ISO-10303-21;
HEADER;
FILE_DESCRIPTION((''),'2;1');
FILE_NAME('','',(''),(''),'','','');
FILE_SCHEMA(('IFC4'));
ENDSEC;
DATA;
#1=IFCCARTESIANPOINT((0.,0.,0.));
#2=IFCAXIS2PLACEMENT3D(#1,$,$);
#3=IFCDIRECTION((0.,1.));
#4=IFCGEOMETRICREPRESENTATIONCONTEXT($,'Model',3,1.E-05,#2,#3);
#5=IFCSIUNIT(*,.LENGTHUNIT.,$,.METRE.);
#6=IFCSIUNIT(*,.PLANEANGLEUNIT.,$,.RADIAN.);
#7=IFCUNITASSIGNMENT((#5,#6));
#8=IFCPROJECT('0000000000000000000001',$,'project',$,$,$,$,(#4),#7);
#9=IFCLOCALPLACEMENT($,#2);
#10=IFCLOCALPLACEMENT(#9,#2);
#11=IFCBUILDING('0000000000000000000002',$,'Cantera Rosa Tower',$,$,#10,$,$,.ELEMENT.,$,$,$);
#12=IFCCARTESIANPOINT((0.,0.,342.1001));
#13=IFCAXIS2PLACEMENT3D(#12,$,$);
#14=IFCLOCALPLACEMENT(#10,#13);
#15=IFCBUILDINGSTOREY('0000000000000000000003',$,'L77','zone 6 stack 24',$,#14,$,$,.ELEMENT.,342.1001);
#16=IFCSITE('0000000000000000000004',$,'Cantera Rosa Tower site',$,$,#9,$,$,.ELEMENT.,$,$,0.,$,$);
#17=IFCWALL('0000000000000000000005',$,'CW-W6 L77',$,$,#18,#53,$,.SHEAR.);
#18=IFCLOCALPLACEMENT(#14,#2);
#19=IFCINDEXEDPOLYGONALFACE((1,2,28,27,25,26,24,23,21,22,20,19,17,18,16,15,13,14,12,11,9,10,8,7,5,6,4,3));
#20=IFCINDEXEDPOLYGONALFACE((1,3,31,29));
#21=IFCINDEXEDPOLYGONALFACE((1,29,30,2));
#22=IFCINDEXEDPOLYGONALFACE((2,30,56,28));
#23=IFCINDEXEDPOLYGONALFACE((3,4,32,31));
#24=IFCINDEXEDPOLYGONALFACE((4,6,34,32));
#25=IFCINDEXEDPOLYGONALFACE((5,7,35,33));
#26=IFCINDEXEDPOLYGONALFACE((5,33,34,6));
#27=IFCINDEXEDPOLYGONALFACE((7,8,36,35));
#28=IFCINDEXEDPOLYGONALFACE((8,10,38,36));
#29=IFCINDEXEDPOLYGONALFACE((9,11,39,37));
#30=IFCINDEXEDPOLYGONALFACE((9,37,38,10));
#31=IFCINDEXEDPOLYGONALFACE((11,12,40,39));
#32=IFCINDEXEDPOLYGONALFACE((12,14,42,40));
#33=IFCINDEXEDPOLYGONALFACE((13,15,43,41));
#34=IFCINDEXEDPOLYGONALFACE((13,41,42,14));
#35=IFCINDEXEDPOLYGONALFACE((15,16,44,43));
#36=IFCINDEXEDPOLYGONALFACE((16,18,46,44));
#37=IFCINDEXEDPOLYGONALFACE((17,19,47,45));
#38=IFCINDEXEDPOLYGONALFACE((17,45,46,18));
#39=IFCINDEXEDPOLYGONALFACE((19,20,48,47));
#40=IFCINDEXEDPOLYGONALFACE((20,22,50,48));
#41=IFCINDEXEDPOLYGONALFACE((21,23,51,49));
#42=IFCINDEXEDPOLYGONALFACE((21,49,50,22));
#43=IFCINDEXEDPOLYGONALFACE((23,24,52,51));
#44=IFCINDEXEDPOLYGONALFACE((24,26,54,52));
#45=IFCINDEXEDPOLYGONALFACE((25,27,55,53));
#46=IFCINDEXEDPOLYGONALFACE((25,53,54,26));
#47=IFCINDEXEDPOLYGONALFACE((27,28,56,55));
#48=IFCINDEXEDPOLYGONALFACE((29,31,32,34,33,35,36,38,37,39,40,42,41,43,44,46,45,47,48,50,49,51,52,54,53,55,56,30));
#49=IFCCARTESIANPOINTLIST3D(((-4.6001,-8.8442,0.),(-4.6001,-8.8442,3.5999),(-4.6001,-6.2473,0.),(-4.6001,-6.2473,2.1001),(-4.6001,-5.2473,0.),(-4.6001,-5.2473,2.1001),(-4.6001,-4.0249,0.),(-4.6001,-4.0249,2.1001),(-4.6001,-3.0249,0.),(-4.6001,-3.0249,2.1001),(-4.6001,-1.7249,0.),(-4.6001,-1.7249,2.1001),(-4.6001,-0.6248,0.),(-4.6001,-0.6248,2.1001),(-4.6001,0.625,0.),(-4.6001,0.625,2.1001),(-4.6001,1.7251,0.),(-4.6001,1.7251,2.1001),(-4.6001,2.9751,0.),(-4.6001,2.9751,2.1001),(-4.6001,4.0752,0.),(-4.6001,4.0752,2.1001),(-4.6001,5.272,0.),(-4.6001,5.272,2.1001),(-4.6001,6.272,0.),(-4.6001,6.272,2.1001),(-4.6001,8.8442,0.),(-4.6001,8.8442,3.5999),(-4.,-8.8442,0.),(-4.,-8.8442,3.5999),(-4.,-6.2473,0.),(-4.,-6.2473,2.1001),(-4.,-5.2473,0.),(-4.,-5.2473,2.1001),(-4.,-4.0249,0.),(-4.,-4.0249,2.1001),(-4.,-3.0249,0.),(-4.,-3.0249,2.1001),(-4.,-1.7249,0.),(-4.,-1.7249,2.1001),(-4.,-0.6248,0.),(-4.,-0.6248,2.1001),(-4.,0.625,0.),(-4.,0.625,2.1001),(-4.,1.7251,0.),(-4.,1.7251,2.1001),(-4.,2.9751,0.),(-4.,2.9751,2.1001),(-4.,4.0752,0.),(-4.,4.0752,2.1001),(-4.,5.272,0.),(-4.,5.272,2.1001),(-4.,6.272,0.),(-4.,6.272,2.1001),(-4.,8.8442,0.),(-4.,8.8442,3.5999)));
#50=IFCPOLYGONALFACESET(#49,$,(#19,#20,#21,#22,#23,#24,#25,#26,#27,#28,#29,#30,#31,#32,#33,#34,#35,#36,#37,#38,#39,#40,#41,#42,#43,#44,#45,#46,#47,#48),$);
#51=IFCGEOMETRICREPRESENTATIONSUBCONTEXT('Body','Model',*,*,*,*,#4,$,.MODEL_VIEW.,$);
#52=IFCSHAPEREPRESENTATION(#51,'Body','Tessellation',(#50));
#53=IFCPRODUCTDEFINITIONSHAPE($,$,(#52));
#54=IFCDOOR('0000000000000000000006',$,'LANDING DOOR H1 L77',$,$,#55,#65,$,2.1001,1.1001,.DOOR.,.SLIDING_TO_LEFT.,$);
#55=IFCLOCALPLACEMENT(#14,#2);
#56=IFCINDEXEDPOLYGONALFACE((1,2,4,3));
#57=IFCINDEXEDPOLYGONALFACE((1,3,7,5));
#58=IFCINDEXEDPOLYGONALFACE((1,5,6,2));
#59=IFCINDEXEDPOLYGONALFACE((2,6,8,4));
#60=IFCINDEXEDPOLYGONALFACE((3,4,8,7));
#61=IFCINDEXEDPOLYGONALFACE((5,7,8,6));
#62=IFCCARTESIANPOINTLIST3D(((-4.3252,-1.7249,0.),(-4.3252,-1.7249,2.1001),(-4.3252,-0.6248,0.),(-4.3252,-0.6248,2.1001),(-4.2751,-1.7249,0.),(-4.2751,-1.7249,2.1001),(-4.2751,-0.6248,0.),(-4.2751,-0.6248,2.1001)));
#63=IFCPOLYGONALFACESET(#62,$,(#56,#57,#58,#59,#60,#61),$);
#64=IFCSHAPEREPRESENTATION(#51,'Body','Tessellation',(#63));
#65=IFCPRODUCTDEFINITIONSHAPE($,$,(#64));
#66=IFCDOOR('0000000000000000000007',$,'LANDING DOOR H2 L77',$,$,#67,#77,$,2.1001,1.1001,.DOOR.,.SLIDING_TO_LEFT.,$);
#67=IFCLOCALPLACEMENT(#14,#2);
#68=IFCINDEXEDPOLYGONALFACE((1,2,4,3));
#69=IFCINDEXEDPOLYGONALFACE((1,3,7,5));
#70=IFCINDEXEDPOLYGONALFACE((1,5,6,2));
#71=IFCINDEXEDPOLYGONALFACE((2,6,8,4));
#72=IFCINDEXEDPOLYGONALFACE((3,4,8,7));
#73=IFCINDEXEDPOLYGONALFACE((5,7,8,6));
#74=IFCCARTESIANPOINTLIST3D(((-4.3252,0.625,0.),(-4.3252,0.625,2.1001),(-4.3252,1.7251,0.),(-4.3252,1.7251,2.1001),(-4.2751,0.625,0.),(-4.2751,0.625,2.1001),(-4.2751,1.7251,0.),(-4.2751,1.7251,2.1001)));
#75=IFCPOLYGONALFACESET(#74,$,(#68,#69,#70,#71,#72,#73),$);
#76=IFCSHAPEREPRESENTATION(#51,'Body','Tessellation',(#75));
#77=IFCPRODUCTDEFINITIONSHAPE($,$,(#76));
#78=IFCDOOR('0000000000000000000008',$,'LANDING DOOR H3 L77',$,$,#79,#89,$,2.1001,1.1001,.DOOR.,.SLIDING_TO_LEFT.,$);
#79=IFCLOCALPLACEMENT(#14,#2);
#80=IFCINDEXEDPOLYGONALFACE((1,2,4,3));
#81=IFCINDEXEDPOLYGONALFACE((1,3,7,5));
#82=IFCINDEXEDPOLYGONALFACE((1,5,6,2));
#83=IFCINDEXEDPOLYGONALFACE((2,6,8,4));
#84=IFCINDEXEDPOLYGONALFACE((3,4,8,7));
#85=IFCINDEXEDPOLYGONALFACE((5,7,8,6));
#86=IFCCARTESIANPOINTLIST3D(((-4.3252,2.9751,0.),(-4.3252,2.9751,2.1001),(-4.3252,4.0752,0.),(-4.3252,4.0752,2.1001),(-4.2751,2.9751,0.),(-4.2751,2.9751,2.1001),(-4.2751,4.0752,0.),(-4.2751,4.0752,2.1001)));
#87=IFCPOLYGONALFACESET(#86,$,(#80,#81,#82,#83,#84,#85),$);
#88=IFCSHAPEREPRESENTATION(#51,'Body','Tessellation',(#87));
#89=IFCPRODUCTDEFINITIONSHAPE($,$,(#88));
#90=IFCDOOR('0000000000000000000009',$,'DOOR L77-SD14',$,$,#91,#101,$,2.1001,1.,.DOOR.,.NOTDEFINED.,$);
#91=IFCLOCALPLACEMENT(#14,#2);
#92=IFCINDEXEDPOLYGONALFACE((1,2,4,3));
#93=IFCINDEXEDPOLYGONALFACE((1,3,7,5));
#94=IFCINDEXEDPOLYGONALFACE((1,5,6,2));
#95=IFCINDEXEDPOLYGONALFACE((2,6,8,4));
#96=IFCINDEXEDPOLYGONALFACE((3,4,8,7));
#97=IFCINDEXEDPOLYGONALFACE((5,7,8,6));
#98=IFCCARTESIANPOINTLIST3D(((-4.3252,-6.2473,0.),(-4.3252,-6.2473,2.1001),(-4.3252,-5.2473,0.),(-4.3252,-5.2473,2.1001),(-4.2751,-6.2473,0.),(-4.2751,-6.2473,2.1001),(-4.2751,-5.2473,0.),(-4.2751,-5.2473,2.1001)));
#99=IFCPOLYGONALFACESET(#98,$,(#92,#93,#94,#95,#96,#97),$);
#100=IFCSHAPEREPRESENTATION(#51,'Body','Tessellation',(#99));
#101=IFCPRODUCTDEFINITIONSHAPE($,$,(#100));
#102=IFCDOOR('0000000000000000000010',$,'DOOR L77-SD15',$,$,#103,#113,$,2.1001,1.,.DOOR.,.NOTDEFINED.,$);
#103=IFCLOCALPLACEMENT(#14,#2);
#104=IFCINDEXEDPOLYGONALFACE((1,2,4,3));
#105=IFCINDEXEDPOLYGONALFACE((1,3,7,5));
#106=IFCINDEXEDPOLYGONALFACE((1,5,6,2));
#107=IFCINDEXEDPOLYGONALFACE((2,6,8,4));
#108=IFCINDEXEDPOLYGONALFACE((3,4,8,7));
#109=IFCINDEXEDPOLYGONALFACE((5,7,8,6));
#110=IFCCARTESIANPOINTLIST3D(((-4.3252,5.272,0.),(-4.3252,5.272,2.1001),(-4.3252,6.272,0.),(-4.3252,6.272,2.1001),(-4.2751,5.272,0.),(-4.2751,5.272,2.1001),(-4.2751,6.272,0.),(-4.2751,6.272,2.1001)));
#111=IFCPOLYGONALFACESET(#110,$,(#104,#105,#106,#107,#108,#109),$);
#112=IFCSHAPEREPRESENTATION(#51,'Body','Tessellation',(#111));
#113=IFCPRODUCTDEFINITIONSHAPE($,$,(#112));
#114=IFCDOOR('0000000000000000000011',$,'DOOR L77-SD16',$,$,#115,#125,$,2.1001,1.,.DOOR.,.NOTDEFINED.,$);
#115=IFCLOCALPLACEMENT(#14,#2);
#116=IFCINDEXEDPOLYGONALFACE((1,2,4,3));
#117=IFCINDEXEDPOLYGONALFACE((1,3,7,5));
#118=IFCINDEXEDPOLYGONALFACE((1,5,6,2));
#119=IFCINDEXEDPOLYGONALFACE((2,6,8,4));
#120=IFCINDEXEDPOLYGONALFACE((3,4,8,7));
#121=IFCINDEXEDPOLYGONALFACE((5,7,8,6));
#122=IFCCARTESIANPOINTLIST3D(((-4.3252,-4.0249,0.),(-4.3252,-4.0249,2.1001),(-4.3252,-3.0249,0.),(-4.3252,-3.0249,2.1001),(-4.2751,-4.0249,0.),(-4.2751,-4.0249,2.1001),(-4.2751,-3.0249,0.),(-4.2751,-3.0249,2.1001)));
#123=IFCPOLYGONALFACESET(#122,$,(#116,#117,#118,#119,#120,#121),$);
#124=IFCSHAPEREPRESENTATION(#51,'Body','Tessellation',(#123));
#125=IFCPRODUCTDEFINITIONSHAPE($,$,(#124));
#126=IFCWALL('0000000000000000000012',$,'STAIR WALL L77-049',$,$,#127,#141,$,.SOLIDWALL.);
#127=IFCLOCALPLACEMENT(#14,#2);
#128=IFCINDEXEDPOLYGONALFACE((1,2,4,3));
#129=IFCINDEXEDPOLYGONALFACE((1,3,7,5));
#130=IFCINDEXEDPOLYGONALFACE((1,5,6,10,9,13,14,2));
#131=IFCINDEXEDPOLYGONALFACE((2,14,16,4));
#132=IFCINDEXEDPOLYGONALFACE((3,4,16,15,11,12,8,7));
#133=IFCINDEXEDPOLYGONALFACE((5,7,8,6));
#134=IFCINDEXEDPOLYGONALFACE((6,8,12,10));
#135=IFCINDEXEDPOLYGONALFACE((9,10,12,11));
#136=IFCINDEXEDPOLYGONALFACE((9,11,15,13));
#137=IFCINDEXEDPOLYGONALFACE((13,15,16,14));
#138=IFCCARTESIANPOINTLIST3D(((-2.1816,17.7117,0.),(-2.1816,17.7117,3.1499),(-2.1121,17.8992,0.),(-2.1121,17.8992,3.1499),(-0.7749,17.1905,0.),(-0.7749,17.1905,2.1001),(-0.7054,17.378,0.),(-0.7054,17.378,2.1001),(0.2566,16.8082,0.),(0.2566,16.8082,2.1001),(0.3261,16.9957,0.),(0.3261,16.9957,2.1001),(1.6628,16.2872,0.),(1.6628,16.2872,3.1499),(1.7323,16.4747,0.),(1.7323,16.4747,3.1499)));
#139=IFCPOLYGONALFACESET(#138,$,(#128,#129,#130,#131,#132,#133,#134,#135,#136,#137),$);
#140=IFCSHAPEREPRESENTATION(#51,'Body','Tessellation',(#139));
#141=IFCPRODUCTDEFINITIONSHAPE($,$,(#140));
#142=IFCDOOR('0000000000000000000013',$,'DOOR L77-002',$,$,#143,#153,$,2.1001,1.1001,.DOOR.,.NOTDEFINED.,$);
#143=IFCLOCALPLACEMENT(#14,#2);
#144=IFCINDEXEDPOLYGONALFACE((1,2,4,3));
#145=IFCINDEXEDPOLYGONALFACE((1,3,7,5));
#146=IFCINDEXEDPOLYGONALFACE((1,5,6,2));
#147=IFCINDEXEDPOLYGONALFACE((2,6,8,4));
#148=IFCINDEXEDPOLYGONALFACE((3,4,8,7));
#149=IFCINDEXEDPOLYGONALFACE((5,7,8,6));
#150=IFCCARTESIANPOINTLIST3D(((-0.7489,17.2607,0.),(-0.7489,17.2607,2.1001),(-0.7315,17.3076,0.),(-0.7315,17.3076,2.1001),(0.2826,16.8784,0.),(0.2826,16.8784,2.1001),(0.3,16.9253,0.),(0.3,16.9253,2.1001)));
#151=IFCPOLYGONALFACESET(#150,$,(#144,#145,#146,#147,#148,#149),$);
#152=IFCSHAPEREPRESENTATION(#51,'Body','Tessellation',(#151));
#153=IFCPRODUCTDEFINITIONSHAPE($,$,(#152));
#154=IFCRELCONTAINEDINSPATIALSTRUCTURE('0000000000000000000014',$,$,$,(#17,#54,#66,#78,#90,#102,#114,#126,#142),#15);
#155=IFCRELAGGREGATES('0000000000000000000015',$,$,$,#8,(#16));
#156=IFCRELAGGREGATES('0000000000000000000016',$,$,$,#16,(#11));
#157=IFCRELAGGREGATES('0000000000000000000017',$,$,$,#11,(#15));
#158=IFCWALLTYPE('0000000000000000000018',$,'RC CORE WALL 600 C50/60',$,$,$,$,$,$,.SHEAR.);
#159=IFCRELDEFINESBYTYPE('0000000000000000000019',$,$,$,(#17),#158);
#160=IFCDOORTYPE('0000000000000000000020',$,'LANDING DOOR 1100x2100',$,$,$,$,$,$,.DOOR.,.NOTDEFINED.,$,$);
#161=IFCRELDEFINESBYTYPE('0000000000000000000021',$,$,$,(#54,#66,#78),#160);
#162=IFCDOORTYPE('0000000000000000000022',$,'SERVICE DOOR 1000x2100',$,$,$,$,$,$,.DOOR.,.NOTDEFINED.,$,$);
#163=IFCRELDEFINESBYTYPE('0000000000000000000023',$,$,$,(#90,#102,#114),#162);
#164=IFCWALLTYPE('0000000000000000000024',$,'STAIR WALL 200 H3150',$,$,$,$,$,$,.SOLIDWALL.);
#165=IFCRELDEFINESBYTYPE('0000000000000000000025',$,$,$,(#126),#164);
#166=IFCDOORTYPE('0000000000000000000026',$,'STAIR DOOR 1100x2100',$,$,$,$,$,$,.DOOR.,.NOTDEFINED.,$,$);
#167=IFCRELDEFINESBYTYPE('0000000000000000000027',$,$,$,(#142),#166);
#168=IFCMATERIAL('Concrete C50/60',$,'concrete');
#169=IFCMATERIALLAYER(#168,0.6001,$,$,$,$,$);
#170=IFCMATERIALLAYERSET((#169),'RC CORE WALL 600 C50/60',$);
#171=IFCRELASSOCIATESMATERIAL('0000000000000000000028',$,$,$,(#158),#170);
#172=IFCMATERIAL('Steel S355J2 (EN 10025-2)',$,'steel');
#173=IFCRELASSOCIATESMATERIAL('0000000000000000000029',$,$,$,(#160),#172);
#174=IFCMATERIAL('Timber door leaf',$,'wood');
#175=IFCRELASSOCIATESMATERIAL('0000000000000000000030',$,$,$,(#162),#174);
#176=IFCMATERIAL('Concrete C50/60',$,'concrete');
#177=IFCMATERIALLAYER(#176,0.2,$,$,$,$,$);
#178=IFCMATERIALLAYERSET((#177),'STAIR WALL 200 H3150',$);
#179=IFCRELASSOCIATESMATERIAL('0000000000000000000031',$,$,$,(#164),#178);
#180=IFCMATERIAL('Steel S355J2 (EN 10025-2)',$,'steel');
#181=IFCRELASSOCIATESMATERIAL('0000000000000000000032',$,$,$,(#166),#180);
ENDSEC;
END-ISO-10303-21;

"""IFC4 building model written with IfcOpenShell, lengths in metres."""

from ifc_helpers import new_model, si_unit, direction, frame, frame_2d, origin, place, context, subcontext, project, spatial, rectangle, extrude, material, layer, layer_set, type_object, element, fill, save


model = new_model("IFC4")

# Units and contexts
model_context = context("Model", 3, precision=1e-05, world=origin(), true_north=direction((0.0, 1.0)))
body_context = subcontext(model_context, "Body", "Model", "MODEL_VIEW")
ifc_project = project(units=[si_unit("LENGTHUNIT", "METRE"), si_unit("PLANEANGLEUNIT", "RADIAN")], contexts=[model_context])

# Site, building, storey
site_placement = place(None, origin())
site = spatial("IfcSite", under=ifc_project, at=site_placement, Name="Cantera Rosa Tower site", CompositionType="ELEMENT", RefElevation=0.0)
building_placement = place(site_placement, origin())
building = spatial("IfcBuilding", under=site, at=building_placement, Name="Cantera Rosa Tower", CompositionType="ELEMENT")
storey_placement = place(building_placement, frame((0.0, 0.0, 342.1001)))
storey = spatial("IfcBuildingStorey", under=building, at=storey_placement, Name="L77", Description="zone 6 stack 24", CompositionType="ELEMENT", Elevation=342.1001)

# Wall, openings, doors
ifc_material_1 = material(Name="Concrete C50/60", Category="concrete")
ifc_layer_1 = layer(ifc_material_1, 0.6001)
ifc_layer_set_1 = layer_set([ifc_layer_1], Name="RC CORE WALL 600 C50/60")
wall_type_1 = type_object("IfcWallType", Name="RC CORE WALL 600 C50/60", PredefinedType="SHEAR", material=ifc_layer_set_1)
wall_1_placement = place(storey_placement, frame((-4.3, 8.8442, 0.0), z_axis=(0.0, 0.0, 1.0), x_axis=(0.0, -1.0, 0.0)))
wall_1 = element("IfcWall", 1, at=wall_1_placement, inside=storey, type_object=wall_type_1, Name="CW-W6 L77", PredefinedType="SHEAR", context=body_context, shape_type="SweptSolid", body=[
    extrude(rectangle(XDim=17.6885, YDim=0.6001, at=frame_2d((8.8442, 0.0))), origin(), (0.0, 0.0, 1.0), 3.5999),
])
opening_1_placement = place(wall_1_placement, frame((9.469, 0.0, 0.0)))
opening_1 = element("IfcOpeningElement", 2, at=opening_1_placement, cuts=wall_1, PredefinedType="OPENING", context=body_context, shape_type="SweptSolid", body=[
    extrude(rectangle(XDim=1.1001, YDim=2.1001, at=frame_2d((0.55, 1.05))), frame((0.0, 0.3101, 0.0), z_axis=(0.0, -1.0, 0.0), x_axis=(1.0, 0.0, 0.0)), (0.0, 0.0, 1.0), 0.6201),
])
opening_2_placement = place(wall_1_placement, frame((7.1191, 0.0, 0.0)))
opening_2 = element("IfcOpeningElement", 3, at=opening_2_placement, cuts=wall_1, PredefinedType="OPENING", context=body_context, shape_type="SweptSolid", body=[
    extrude(rectangle(XDim=1.1001, YDim=2.1001, at=frame_2d((0.55, 1.05))), frame((0.0, 0.3101, 0.0), z_axis=(0.0, -1.0, 0.0), x_axis=(1.0, 0.0, 0.0)), (0.0, 0.0, 1.0), 0.6201),
])
opening_3_placement = place(wall_1_placement, frame((4.769, 0.0, 0.0)))
opening_3 = element("IfcOpeningElement", 4, at=opening_3_placement, cuts=wall_1, PredefinedType="OPENING", context=body_context, shape_type="SweptSolid", body=[
    extrude(rectangle(XDim=1.1001, YDim=2.1001, at=frame_2d((0.55, 1.05))), frame((0.0, 0.3101, 0.0), z_axis=(0.0, -1.0, 0.0), x_axis=(1.0, 0.0, 0.0)), (0.0, 0.0, 1.0), 0.6201),
])
opening_4_placement = place(wall_1_placement, frame((14.0916, 0.0, 0.0)))
opening_4 = element("IfcOpeningElement", 5, at=opening_4_placement, cuts=wall_1, PredefinedType="OPENING", context=body_context, shape_type="SweptSolid", body=[
    extrude(rectangle(XDim=1.0, YDim=2.1001, at=frame_2d((0.5, 1.05))), frame((0.0, 0.3101, 0.0), z_axis=(0.0, -1.0, 0.0), x_axis=(1.0, 0.0, 0.0)), (0.0, 0.0, 1.0), 0.6201),
])
opening_5_placement = place(wall_1_placement, frame((2.5723, 0.0, 0.0)))
opening_5 = element("IfcOpeningElement", 6, at=opening_5_placement, cuts=wall_1, PredefinedType="OPENING", context=body_context, shape_type="SweptSolid", body=[
    extrude(rectangle(XDim=1.0, YDim=2.1001, at=frame_2d((0.5, 1.05))), frame((0.0, 0.3101, 0.0), z_axis=(0.0, -1.0, 0.0), x_axis=(1.0, 0.0, 0.0)), (0.0, 0.0, 1.0), 0.6201),
])
opening_6_placement = place(wall_1_placement, frame((11.8691, 0.0, 0.0)))
opening_6 = element("IfcOpeningElement", 7, at=opening_6_placement, cuts=wall_1, PredefinedType="OPENING", context=body_context, shape_type="SweptSolid", body=[
    extrude(rectangle(XDim=1.0, YDim=2.1001, at=frame_2d((0.5, 1.05))), frame((0.0, 0.3101, 0.0), z_axis=(0.0, -1.0, 0.0), x_axis=(1.0, 0.0, 0.0)), (0.0, 0.0, 1.0), 0.6201),
])
ifc_material_2 = material(Name="Steel S355J2 (EN 10025-2)", Category="steel")
door_type_1 = type_object("IfcDoorType", Name="LANDING DOOR 1100x2100", OperationType="NOTDEFINED", PredefinedType="DOOR", material=ifc_material_2)
door_1_placement = place(opening_1_placement, origin())
door_1 = element("IfcDoor", 8, at=door_1_placement, inside=storey, type_object=door_type_1, Name="LANDING DOOR H1 L77", OperationType="SLIDING_TO_LEFT", OverallHeight=2.1001, OverallWidth=1.1001, PredefinedType="DOOR", context=body_context, shape_type="SweptSolid", body=[
    extrude(rectangle(XDim=1.1001, YDim=2.1001, at=frame_2d((0.55, 1.05))), frame((0.0, 0.0249, 0.0), z_axis=(0.0, -1.0, 0.0), x_axis=(1.0, 0.0, 0.0)), (0.0, 0.0, 1.0), 0.05),
])
fill(opening_1, door_1)
door_2_placement = place(opening_2_placement, origin())
door_2 = element("IfcDoor", 9, at=door_2_placement, inside=storey, type_object=door_type_1, Name="LANDING DOOR H2 L77", OperationType="SLIDING_TO_LEFT", OverallHeight=2.1001, OverallWidth=1.1001, PredefinedType="DOOR", context=body_context, shape_type="SweptSolid", body=[
    extrude(rectangle(XDim=1.1001, YDim=2.1001, at=frame_2d((0.55, 1.05))), frame((0.0, 0.0249, 0.0), z_axis=(0.0, -1.0, 0.0), x_axis=(1.0, 0.0, 0.0)), (0.0, 0.0, 1.0), 0.05),
])
fill(opening_2, door_2)
door_3_placement = place(opening_3_placement, origin())
door_3 = element("IfcDoor", 10, at=door_3_placement, inside=storey, type_object=door_type_1, Name="LANDING DOOR H3 L77", OperationType="SLIDING_TO_LEFT", OverallHeight=2.1001, OverallWidth=1.1001, PredefinedType="DOOR", context=body_context, shape_type="SweptSolid", body=[
    extrude(rectangle(XDim=1.1001, YDim=2.1001, at=frame_2d((0.55, 1.05))), frame((0.0, 0.0249, 0.0), z_axis=(0.0, -1.0, 0.0), x_axis=(1.0, 0.0, 0.0)), (0.0, 0.0, 1.0), 0.05),
])
fill(opening_3, door_3)
ifc_material_3 = material(Name="Timber door leaf", Category="wood")
door_type_2 = type_object("IfcDoorType", Name="SERVICE DOOR 1000x2100", OperationType="NOTDEFINED", PredefinedType="DOOR", material=ifc_material_3)
door_4_placement = place(opening_4_placement, origin())
door_4 = element("IfcDoor", 11, at=door_4_placement, inside=storey, type_object=door_type_2, Name="DOOR L77-SD14", OperationType="NOTDEFINED", OverallHeight=2.1001, OverallWidth=1.0, PredefinedType="DOOR", context=body_context, shape_type="SweptSolid", body=[
    extrude(rectangle(XDim=1.0, YDim=2.1001, at=frame_2d((0.5, 1.05))), frame((0.0, 0.0249, 0.0), z_axis=(0.0, -1.0, 0.0), x_axis=(1.0, 0.0, 0.0)), (0.0, 0.0, 1.0), 0.05),
])
fill(opening_4, door_4)
door_5_placement = place(opening_5_placement, origin())
door_5 = element("IfcDoor", 12, at=door_5_placement, inside=storey, type_object=door_type_2, Name="DOOR L77-SD15", OperationType="NOTDEFINED", OverallHeight=2.1001, OverallWidth=1.0, PredefinedType="DOOR", context=body_context, shape_type="SweptSolid", body=[
    extrude(rectangle(XDim=1.0, YDim=2.1001, at=frame_2d((0.5, 1.05))), frame((0.0, 0.0249, 0.0), z_axis=(0.0, -1.0, 0.0), x_axis=(1.0, 0.0, 0.0)), (0.0, 0.0, 1.0), 0.05),
])
fill(opening_5, door_5)
door_6_placement = place(opening_6_placement, origin())
door_6 = element("IfcDoor", 13, at=door_6_placement, inside=storey, type_object=door_type_2, Name="DOOR L77-SD16", OperationType="NOTDEFINED", OverallHeight=2.1001, OverallWidth=1.0, PredefinedType="DOOR", context=body_context, shape_type="SweptSolid", body=[
    extrude(rectangle(XDim=1.0, YDim=2.1001, at=frame_2d((0.5, 1.05))), frame((0.0, 0.0249, 0.0), z_axis=(0.0, -1.0, 0.0), x_axis=(1.0, 0.0, 0.0)), (0.0, 0.0, 1.0), 0.05),
])
fill(opening_6, door_6)

# Wall, opening, door
ifc_material_4 = material(Name="Concrete C50/60", Category="concrete")
ifc_layer_2 = layer(ifc_material_4, 0.2)
ifc_layer_set_2 = layer_set([ifc_layer_2], Name="STAIR WALL 200 H3150")
wall_type_2 = type_object("IfcWallType", Name="STAIR WALL 200 H3150", PredefinedType="SOLIDWALL", material=ifc_layer_set_2)
wall_2_placement = place(storey_placement, frame((-2.1467, 17.8054, 0.0), z_axis=(0.0, 0.0, 1.0), x_axis=(0.937695, -0.34746, 0.0)))
wall_2 = element("IfcWall", 14, at=wall_2_placement, inside=storey, type_object=wall_type_2, Name="STAIR WALL L77-049", PredefinedType="SOLIDWALL", context=body_context, shape_type="SweptSolid", body=[
    extrude(rectangle(XDim=4.0999, YDim=0.2, at=frame_2d((2.0498, 0.0))), origin(), (0.0, 0.0, 1.0), 3.1499),
])
opening_7_placement = place(wall_2_placement, frame((1.5, 0.0, 0.0)))
opening_7 = element("IfcOpeningElement", 15, at=opening_7_placement, cuts=wall_2, PredefinedType="OPENING", context=body_context, shape_type="SweptSolid", body=[
    extrude(rectangle(XDim=1.1001, YDim=2.1001, at=frame_2d((0.55, 1.05))), frame((0.0, 0.1099, 0.0), z_axis=(0.0, -1.0, 0.0), x_axis=(1.0, 0.0, 0.0)), (0.0, 0.0, 1.0), 0.22),
])
ifc_material_5 = material(Name="Steel S355J2 (EN 10025-2)", Category="steel")
door_type_3 = type_object("IfcDoorType", Name="STAIR DOOR 1100x2100", OperationType="NOTDEFINED", PredefinedType="DOOR", material=ifc_material_5)
door_7_placement = place(opening_7_placement, origin())
door_7 = element("IfcDoor", 16, at=door_7_placement, inside=storey, type_object=door_type_3, Name="DOOR L77-002", OperationType="NOTDEFINED", OverallHeight=2.1001, OverallWidth=1.1001, PredefinedType="DOOR", context=body_context, shape_type="SweptSolid", body=[
    extrude(rectangle(XDim=1.1001, YDim=2.1001, at=frame_2d((0.55, 1.05))), frame((0.0, 0.0249, 0.0), z_axis=(0.0, -1.0, 0.0), x_axis=(1.0, 0.0, 0.0)), (0.0, 0.0, 1.0), 0.05),
])
fill(opening_7, door_7)

save(model, "model.ifc")
